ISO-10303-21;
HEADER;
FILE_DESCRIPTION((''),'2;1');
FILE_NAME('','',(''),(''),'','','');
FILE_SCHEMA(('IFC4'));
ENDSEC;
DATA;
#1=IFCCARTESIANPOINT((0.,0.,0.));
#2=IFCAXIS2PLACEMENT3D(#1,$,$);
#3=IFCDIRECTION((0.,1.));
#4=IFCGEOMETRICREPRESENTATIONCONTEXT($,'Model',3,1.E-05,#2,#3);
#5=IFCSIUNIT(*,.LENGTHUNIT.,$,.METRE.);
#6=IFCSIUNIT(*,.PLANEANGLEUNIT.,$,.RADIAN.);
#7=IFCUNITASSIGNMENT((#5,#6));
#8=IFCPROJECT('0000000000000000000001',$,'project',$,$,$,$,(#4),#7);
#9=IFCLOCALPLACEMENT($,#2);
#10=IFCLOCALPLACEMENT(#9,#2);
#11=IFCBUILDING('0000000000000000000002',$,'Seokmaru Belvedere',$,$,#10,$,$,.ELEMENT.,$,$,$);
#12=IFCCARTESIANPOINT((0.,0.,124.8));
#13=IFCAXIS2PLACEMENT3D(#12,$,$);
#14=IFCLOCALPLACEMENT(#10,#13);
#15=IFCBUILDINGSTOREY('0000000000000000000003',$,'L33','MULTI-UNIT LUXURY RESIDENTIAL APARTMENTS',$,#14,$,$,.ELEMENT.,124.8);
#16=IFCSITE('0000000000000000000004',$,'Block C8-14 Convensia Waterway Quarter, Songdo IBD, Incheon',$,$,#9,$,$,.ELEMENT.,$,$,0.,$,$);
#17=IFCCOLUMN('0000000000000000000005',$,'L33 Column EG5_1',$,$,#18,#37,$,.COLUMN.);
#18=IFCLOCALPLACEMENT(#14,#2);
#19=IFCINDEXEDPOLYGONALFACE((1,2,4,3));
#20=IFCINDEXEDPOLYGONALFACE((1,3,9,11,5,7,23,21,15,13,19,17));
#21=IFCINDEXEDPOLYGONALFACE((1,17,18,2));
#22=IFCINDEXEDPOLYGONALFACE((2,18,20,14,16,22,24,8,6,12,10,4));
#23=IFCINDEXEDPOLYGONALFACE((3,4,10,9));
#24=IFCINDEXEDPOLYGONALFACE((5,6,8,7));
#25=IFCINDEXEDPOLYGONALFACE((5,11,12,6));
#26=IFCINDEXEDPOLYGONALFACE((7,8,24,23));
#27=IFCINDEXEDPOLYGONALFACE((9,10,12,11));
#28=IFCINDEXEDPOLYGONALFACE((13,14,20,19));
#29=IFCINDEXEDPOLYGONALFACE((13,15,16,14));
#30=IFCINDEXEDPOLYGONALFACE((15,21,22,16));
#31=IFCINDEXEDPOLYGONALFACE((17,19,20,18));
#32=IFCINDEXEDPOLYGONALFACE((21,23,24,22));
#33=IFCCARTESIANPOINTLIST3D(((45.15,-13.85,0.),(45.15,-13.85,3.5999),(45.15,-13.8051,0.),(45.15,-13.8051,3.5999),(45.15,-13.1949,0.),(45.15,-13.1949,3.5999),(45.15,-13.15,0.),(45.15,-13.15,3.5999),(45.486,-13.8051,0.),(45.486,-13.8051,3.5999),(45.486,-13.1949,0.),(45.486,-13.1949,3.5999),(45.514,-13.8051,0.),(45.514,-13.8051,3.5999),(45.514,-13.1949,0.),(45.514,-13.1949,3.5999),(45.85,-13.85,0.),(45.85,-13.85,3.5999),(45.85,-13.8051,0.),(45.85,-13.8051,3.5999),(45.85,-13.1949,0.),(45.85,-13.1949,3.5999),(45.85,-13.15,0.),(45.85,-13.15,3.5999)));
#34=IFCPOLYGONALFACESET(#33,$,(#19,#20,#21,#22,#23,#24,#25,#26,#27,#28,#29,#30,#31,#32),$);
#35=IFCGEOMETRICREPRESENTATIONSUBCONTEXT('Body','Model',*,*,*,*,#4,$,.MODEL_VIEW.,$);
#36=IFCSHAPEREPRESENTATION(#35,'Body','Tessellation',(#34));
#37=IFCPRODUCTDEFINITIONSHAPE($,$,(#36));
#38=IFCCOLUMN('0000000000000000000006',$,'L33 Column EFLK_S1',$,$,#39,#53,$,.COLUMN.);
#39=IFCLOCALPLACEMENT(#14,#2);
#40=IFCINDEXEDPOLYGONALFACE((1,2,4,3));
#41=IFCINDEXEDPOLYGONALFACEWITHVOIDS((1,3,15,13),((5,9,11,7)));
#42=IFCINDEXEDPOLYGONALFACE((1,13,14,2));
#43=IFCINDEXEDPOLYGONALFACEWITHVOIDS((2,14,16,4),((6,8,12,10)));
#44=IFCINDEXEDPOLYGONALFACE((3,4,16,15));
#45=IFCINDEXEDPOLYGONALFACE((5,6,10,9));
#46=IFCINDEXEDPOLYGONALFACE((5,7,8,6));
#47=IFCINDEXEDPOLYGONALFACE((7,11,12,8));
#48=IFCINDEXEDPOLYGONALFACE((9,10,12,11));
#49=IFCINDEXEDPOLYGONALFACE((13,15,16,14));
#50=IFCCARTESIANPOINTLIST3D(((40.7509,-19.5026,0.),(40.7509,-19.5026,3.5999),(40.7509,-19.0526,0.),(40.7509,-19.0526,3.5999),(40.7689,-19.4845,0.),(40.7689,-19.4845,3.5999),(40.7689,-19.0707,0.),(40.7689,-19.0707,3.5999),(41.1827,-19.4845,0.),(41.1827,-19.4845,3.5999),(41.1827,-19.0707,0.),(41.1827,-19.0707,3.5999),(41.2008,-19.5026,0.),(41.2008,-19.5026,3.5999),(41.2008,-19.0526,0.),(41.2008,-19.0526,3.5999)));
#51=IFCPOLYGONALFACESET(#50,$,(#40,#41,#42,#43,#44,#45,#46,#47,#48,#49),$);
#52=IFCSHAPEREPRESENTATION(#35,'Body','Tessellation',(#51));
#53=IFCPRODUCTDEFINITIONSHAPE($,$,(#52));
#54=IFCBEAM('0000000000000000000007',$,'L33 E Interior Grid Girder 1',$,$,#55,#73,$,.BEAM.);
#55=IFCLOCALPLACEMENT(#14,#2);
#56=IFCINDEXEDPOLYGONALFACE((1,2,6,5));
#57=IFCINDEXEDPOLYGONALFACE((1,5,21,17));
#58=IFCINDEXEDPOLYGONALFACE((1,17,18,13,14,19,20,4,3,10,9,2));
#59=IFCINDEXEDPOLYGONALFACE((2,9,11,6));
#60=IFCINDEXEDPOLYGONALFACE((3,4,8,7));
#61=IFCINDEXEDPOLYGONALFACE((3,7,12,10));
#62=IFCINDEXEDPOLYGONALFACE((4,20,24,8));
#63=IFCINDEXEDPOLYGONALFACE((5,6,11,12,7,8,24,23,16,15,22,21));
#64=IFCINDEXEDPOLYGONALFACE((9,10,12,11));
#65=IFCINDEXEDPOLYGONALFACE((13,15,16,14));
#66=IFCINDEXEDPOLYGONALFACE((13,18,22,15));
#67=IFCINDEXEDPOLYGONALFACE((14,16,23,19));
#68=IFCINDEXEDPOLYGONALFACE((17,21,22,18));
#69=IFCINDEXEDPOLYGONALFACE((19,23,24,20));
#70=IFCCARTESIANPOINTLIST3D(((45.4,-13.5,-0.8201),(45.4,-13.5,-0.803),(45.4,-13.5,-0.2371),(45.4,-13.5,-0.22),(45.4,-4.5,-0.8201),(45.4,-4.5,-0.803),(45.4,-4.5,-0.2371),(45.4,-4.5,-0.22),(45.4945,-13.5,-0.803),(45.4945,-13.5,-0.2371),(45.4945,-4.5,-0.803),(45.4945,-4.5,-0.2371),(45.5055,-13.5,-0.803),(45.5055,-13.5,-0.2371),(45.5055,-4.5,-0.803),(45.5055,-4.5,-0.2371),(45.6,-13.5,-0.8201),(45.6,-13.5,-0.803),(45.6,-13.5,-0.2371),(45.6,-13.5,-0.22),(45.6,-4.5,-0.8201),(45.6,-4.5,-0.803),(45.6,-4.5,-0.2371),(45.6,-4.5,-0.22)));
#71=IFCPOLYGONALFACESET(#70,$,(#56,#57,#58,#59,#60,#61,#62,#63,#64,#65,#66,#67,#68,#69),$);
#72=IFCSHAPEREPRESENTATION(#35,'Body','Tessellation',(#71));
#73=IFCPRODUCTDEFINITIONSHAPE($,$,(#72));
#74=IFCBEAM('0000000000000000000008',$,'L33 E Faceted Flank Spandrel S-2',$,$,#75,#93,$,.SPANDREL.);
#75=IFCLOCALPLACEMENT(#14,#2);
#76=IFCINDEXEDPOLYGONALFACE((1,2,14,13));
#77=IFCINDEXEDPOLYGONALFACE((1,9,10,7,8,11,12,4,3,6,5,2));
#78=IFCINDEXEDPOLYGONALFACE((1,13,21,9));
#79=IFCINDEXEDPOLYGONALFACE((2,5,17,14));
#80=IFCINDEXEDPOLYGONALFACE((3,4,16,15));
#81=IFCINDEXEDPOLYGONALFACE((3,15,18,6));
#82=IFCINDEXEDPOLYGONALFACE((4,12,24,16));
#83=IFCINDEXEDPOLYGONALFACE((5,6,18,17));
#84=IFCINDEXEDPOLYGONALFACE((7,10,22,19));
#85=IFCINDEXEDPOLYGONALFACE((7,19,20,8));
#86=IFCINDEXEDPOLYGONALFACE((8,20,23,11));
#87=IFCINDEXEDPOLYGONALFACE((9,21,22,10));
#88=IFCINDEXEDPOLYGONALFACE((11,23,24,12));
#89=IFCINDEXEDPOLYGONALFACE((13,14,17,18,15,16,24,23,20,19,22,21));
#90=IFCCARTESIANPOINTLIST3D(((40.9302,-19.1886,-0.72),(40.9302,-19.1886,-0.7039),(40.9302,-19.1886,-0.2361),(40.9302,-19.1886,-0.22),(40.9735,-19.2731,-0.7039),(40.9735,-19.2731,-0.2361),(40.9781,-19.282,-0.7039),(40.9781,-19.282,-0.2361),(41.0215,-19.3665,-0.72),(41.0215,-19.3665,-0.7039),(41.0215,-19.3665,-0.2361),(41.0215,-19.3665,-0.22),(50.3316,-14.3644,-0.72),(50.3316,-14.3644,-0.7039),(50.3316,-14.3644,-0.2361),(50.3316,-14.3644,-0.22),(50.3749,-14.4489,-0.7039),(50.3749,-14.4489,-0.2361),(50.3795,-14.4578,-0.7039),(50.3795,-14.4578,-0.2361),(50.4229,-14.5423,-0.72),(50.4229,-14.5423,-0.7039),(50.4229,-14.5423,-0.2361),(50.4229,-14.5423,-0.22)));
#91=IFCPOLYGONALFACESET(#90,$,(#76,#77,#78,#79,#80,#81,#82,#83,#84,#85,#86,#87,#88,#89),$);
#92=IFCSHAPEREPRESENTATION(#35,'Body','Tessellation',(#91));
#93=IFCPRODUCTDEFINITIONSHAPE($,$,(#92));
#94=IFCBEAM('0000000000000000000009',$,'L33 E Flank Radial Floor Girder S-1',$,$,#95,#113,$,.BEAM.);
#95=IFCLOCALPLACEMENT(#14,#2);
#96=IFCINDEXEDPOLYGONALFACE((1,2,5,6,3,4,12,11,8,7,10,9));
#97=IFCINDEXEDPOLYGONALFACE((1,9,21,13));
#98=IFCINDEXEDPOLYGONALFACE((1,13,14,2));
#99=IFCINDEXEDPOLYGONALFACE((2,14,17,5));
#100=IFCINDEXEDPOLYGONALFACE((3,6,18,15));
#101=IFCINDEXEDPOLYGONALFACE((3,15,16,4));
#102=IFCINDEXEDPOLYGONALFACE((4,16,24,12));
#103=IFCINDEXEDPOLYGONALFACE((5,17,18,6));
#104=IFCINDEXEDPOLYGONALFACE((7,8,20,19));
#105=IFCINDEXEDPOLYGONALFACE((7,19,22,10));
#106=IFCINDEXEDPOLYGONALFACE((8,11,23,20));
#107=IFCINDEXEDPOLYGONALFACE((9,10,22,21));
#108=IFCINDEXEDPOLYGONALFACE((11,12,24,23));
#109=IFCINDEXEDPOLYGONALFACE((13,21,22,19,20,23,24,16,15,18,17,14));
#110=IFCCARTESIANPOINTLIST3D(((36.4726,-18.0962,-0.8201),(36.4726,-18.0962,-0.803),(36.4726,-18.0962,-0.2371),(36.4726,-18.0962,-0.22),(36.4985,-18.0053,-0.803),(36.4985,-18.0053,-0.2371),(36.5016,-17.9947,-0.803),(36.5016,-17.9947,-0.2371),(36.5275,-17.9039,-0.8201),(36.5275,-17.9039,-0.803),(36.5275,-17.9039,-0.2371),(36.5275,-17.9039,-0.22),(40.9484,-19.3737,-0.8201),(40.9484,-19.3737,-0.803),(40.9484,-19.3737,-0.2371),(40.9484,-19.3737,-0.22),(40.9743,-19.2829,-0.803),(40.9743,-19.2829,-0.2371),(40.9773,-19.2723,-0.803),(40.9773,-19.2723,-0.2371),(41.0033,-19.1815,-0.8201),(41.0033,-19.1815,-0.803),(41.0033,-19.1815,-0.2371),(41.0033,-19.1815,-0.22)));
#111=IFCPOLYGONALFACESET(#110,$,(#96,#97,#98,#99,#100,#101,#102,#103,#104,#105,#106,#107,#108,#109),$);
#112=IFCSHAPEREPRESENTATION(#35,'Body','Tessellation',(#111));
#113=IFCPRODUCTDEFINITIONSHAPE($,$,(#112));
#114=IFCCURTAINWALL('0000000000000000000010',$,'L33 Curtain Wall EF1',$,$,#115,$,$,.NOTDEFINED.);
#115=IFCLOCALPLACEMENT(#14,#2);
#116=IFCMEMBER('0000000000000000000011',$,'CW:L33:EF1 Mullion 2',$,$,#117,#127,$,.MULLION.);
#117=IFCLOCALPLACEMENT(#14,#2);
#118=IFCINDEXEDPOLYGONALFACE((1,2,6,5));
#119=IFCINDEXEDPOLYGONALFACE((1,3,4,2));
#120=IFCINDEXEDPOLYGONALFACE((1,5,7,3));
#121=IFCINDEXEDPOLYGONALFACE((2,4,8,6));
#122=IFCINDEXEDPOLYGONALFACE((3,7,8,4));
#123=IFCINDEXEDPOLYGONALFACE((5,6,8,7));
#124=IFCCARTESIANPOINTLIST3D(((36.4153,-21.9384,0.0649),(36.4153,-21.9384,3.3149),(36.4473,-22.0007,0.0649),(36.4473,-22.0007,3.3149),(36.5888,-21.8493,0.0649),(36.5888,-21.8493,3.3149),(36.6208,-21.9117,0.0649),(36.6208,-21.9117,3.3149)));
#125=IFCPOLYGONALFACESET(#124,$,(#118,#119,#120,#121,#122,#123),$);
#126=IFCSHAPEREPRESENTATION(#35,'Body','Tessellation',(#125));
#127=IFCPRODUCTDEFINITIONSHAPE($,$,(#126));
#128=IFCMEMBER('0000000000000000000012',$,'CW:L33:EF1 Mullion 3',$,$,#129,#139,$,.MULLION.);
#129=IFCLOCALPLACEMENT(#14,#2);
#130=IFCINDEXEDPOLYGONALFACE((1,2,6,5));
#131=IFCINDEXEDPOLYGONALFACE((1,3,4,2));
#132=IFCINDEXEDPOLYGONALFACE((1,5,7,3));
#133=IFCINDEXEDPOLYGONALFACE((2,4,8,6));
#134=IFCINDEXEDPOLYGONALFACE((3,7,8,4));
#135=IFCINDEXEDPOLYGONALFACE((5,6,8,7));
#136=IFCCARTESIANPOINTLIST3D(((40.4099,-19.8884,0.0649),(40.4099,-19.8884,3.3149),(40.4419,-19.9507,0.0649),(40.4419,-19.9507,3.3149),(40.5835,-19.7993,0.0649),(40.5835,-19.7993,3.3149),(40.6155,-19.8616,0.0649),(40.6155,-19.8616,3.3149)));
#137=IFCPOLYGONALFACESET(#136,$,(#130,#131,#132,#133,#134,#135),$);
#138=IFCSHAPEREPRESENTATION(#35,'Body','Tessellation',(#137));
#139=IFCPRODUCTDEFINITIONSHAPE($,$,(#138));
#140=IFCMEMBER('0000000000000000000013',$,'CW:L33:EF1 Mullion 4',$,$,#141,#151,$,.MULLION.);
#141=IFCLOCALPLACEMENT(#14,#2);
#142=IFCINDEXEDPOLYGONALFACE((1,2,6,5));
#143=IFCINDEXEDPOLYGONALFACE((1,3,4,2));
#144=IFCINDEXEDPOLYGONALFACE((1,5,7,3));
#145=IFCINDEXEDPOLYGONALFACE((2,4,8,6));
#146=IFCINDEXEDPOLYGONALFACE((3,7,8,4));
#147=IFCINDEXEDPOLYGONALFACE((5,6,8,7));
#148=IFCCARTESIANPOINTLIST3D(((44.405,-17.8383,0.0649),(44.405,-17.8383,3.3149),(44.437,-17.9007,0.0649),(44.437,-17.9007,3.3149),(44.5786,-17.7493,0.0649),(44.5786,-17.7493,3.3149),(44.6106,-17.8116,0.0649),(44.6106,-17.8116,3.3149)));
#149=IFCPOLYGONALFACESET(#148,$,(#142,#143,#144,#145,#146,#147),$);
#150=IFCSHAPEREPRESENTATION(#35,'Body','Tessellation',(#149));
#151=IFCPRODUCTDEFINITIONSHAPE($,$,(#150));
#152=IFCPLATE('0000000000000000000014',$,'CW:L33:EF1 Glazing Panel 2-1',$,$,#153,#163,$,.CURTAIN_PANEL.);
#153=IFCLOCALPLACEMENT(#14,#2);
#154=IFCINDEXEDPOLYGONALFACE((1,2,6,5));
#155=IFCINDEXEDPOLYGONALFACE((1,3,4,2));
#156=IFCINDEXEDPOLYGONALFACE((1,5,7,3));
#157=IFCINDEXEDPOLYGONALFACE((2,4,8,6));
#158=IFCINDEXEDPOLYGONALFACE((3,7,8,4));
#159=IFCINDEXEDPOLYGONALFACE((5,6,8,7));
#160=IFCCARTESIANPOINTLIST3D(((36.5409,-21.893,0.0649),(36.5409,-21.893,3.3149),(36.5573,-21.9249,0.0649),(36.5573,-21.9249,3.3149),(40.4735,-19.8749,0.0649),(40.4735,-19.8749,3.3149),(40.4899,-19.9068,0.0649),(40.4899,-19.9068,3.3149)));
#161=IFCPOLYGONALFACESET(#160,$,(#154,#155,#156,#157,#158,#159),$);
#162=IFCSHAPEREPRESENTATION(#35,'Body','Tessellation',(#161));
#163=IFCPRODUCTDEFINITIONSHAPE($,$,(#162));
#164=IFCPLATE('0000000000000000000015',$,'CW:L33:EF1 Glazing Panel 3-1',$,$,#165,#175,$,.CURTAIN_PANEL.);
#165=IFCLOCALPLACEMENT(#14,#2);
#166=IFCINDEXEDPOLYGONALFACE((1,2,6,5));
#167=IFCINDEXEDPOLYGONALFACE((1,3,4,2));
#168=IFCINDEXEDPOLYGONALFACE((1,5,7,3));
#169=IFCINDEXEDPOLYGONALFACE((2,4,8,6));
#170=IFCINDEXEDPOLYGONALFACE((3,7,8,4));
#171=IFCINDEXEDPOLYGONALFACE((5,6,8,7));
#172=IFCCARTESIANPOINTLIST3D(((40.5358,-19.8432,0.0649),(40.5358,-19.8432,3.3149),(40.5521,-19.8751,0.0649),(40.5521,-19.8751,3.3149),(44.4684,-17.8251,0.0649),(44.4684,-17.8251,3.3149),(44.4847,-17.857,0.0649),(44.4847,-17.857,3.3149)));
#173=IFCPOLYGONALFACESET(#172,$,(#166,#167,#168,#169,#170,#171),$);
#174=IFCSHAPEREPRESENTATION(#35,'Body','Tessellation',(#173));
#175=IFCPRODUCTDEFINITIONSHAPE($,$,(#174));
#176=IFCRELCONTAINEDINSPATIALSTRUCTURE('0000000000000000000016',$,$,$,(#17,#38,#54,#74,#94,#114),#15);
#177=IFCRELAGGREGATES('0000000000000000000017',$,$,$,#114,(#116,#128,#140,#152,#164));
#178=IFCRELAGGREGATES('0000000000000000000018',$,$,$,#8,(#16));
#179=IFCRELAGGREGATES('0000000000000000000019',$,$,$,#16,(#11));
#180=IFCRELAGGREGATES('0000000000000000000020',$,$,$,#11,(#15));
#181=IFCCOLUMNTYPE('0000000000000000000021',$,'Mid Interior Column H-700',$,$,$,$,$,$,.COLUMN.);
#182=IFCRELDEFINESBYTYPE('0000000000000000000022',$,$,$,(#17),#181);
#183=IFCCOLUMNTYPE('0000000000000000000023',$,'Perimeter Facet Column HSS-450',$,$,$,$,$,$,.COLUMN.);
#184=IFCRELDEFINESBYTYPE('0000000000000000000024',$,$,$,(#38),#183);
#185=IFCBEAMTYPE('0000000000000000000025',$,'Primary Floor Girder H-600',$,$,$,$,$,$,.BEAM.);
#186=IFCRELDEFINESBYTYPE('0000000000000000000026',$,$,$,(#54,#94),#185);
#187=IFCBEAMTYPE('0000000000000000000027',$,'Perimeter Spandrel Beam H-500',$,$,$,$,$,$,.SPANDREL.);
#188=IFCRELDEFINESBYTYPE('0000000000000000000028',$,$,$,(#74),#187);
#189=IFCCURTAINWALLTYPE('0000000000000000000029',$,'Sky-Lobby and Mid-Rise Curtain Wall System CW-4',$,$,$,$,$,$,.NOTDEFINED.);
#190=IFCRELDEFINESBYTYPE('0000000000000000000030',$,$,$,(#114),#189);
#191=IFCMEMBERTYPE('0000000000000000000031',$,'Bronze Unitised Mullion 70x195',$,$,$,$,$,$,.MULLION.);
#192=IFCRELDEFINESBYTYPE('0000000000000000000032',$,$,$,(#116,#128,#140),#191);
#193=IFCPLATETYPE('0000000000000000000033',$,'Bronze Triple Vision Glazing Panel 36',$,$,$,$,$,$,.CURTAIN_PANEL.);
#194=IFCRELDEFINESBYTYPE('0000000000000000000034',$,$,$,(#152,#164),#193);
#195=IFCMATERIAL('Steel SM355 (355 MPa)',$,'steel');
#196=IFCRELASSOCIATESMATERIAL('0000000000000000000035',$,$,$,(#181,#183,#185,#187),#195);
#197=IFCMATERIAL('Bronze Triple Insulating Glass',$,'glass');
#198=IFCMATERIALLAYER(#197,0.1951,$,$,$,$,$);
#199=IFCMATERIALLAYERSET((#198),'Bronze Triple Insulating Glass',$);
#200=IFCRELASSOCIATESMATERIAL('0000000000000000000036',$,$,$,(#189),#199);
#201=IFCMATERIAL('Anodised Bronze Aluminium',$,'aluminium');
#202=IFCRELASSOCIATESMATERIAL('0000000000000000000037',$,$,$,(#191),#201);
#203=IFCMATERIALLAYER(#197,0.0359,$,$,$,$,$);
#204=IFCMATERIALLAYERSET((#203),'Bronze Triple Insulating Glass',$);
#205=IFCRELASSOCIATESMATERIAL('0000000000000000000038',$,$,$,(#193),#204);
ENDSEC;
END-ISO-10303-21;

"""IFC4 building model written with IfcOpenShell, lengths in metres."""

from ifc_helpers import new_model, si_unit, direction, frame, origin, origin_2d, place, context, subcontext, project, spatial, rectangle, hollow_rectangle, i_section, extrude, source, transform, mapped, material, layer, layer_set, material_profile, profile_set, type_object, type_shapes, element, aggregate, save


model = new_model("IFC4")

# Units and contexts
model_context = context("Model", 3, precision=1e-05, world=origin(), true_north=direction((0.0, 1.0)))
body_context = subcontext(model_context, "Body", "Model", "MODEL_VIEW")
ifc_project = project(units=[si_unit("LENGTHUNIT", "METRE"), si_unit("PLANEANGLEUNIT", "RADIAN")], contexts=[model_context])

# Site, building, storey
site_placement = place(None, origin())
site = spatial("IfcSite", under=ifc_project, at=site_placement, Name="Block C8-14 Convensia Waterway Quarter, Songdo IBD, Incheon", CompositionType="ELEMENT", RefElevation=0.0)
building_placement = place(site_placement, origin())
building = spatial("IfcBuilding", under=site, at=building_placement, Name="Seokmaru Belvedere", CompositionType="ELEMENT")
storey_placement = place(building_placement, frame((0.0, 0.0, 124.8)))
storey = spatial("IfcBuildingStorey", under=building, at=storey_placement, Name="L33", Description="MULTI-UNIT LUXURY RESIDENTIAL APARTMENTS", CompositionType="ELEMENT", Elevation=124.8)

# Columns
ifc_material_1 = material(Name="Steel SM355 (355 MPa)", Category="steel")
ifc_material_profile_1 = material_profile(ifc_material_1, i_section(OverallWidth=0.7, OverallDepth=0.7, WebThickness=0.0281, FlangeThickness=0.0449, at=origin_2d()), Name="H-700x700x28x45")
ifc_profile_set_1 = profile_set([ifc_material_profile_1], Name="Steel SM355 (355 MPa)")
column_type_1 = type_object("IfcColumnType", Name="Mid Interior Column H-700", PredefinedType="COLUMN", material=ifc_profile_set_1)
shared_shape_1 = source(origin(), body_context, "Body", "SweptSolid", [
    extrude(i_section(OverallWidth=0.7, OverallDepth=0.7, WebThickness=0.0281, FlangeThickness=0.0449, at=origin_2d()), origin(), (0.0, 0.0, 1.0), 3.5999),
])
type_shapes(column_type_1, [shared_shape_1])
column_1_placement = place(storey_placement, frame((45.5, -13.5, 0.0), z_axis=(0.0, 0.0, 1.0), x_axis=(1.0, 0.0, 0.0)))
element("IfcColumn", 1, at=column_1_placement, inside=storey, type_object=column_type_1, Name="L33 Column EG5_1", PredefinedType="COLUMN", context=body_context, shape_type="MappedRepresentation", body=[
    mapped(shared_shape_1, transform((0.0, 0.0, 0.0), scale=1.0)),
])
ifc_material_profile_2 = material_profile(ifc_material_1, hollow_rectangle(XDim=0.45, YDim=0.45, WallThickness=0.0181, at=origin_2d()), Name="HSS-450x450x18")
ifc_profile_set_2 = profile_set([ifc_material_profile_2], Name="Steel SM355 (355 MPa)")
column_type_2 = type_object("IfcColumnType", Name="Perimeter Facet Column HSS-450", PredefinedType="COLUMN", material=ifc_profile_set_2)
shared_shape_2 = source(origin(), body_context, "Body", "SweptSolid", [
    extrude(hollow_rectangle(XDim=0.45, YDim=0.45, WallThickness=0.0181, at=origin_2d()), origin(), (0.0, 0.0, 1.0), 3.5999),
])
type_shapes(column_type_2, [shared_shape_2])
column_2_placement = place(storey_placement, frame((40.9758, -19.2776, 0.0), z_axis=(0.0, 0.0, 1.0), x_axis=(1.0, 0.0, 0.0)))
element("IfcColumn", 2, at=column_2_placement, inside=storey, type_object=column_type_2, Name="L33 Column EFLK_S1", PredefinedType="COLUMN", context=body_context, shape_type="MappedRepresentation", body=[
    mapped(shared_shape_2, transform((0.0, 0.0, 0.0), scale=1.0)),
])

# Beams
ifc_material_profile_3 = material_profile(ifc_material_1, i_section(OverallWidth=0.2, OverallDepth=0.6001, WebThickness=0.011, FlangeThickness=0.0171, at=origin_2d()), Name="H-600x200x11x17")
ifc_profile_set_3 = profile_set([ifc_material_profile_3], Name="Steel SM355 (355 MPa)")
beam_type_1 = type_object("IfcBeamType", Name="Primary Floor Girder H-600", PredefinedType="BEAM", material=ifc_profile_set_3)
shared_shape_3 = source(origin(), body_context, "Body", "SweptSolid", [
    extrude(i_section(OverallWidth=0.2, OverallDepth=0.6001, WebThickness=0.011, FlangeThickness=0.0171, at=origin_2d()), origin(), (0.0, 0.0, 1.0), 9.0),
])
beam_1_placement = place(storey_placement, frame((45.5, -13.5, -0.52), z_axis=(0.0, 1.0, 0.0), x_axis=(-1.0, 0.0, 0.0)))
element("IfcBeam", 3, at=beam_1_placement, inside=storey, type_object=beam_type_1, Name="L33 E Interior Grid Girder 1", PredefinedType="BEAM", context=body_context, shape_type="MappedRepresentation", body=[
    mapped(shared_shape_3, transform((0.0, 0.0, 0.0), scale=1.0)),
])
ifc_material_profile_4 = material_profile(ifc_material_1, i_section(OverallWidth=0.2, OverallDepth=0.5, WebThickness=0.01, FlangeThickness=0.0161, at=origin_2d()), Name="H-500x200x10x16")
ifc_profile_set_4 = profile_set([ifc_material_profile_4], Name="Steel SM355 (355 MPa)")
beam_type_2 = type_object("IfcBeamType", Name="Perimeter Spandrel Beam H-500", PredefinedType="SPANDREL", material=ifc_profile_set_4)
shared_shape_4 = source(origin(), body_context, "Body", "SweptSolid", [
    extrude(i_section(OverallWidth=0.2, OverallDepth=0.5, WebThickness=0.01, FlangeThickness=0.0161, at=origin_2d()), origin(), (0.0, 0.0, 1.0), 10.5669),
])
type_shapes(beam_type_2, [shared_shape_4])
beam_2_placement = place(storey_placement, frame((40.9758, -19.2776, -0.47), z_axis=(0.889702, 0.456542, 0.0), x_axis=(-0.456542, 0.889702, 0.0)))
element("IfcBeam", 4, at=beam_2_placement, inside=storey, type_object=beam_type_2, Name="L33 E Faceted Flank Spandrel S-2", PredefinedType="SPANDREL", context=body_context, shape_type="MappedRepresentation", body=[
    mapped(shared_shape_4, transform((0.0, 0.0, 0.0), scale=1.0)),
])
shared_shape_5 = source(origin(), body_context, "Body", "SweptSolid", [
    extrude(i_section(OverallWidth=0.2, OverallDepth=0.6001, WebThickness=0.011, FlangeThickness=0.0171, at=origin_2d()), origin(), (0.0, 0.0, 1.0), 4.6545),
])
type_shapes(beam_type_1, [shared_shape_3, shared_shape_5])
beam_3_placement = place(storey_placement, frame((40.9758, -19.2776, -0.52), z_axis=(-0.961593, 0.274479, 0.0), x_axis=(-0.274479, -0.961593, 0.0)))
element("IfcBeam", 5, at=beam_3_placement, inside=storey, type_object=beam_type_1, Name="L33 E Flank Radial Floor Girder S-1", PredefinedType="BEAM", context=body_context, shape_type="MappedRepresentation", body=[
    mapped(shared_shape_5, transform((0.0, 0.0, 0.0), scale=1.0)),
])

# Curtain wall, members, plates
ifc_material_2 = material(Name="Bronze Triple Insulating Glass", Category="glass")
ifc_layer_1 = layer(ifc_material_2, 0.1951)
ifc_layer_set_1 = layer_set([ifc_layer_1], Name="Bronze Triple Insulating Glass")
curtain_wall_type = type_object("IfcCurtainWallType", Name="Sky-Lobby and Mid-Rise Curtain Wall System CW-4", PredefinedType="NOTDEFINED", material=ifc_layer_set_1)
curtain_wall_placement = place(storey_placement, origin())
curtain_wall = element("IfcCurtainWall", 6, at=curtain_wall_placement, inside=storey, type_object=curtain_wall_type, Name="L33 Curtain Wall EF1", PredefinedType="NOTDEFINED")
ifc_material_3 = material(Name="Anodised Bronze Aluminium", Category="aluminium")
ifc_material_profile_5 = material_profile(ifc_material_3, rectangle(XDim=0.0701, YDim=0.1951, at=origin_2d()), Name="CW-M-70x195")
ifc_profile_set_5 = profile_set([ifc_material_profile_5], Name="Anodised Bronze Aluminium")
member_type = type_object("IfcMemberType", Name="Bronze Unitised Mullion 70x195", PredefinedType="MULLION", material=ifc_profile_set_5)
shared_shape_6 = source(origin(), body_context, "Body", "SweptSolid", [
    extrude(rectangle(XDim=0.0701, YDim=0.1951, at=origin_2d()), origin(), (0.0, 0.0, 1.0), 3.25),
])
type_shapes(member_type, [shared_shape_6])
member_1_placement = place(storey_placement, frame((36.5181, -21.925, 0.0649), z_axis=(0.0, 0.0, 1.0), x_axis=(-0.456555, 0.889695, 0.0)))
member_1 = element("IfcMember", 7, at=member_1_placement, type_object=member_type, Name="CW:L33:EF1 Mullion 2", PredefinedType="MULLION", context=body_context, shape_type="MappedRepresentation", body=[
    mapped(shared_shape_6, transform((0.0, 0.0, 0.0), scale=1.0)),
])
member_2_placement = place(storey_placement, frame((40.5127, -19.875, 0.0649), z_axis=(0.0, 0.0, 1.0), x_axis=(-0.456555, 0.889695, 0.0)))
member_2 = element("IfcMember", 8, at=member_2_placement, type_object=member_type, Name="CW:L33:EF1 Mullion 3", PredefinedType="MULLION", context=body_context, shape_type="MappedRepresentation", body=[
    mapped(shared_shape_6, transform((0.0, 0.0, 0.0), scale=1.0)),
])
member_3_placement = place(storey_placement, frame((44.5078, -17.825, 0.0649), z_axis=(0.0, 0.0, 1.0), x_axis=(-0.456555, 0.889695, 0.0)))
member_3 = element("IfcMember", 9, at=member_3_placement, type_object=member_type, Name="CW:L33:EF1 Mullion 4", PredefinedType="MULLION", context=body_context, shape_type="MappedRepresentation", body=[
    mapped(shared_shape_6, transform((0.0, 0.0, 0.0), scale=1.0)),
])
ifc_layer_2 = layer(ifc_material_2, 0.0359)
ifc_layer_set_2 = layer_set([ifc_layer_2], Name="Bronze Triple Insulating Glass")
plate_type = type_object("IfcPlateType", Name="Bronze Triple Vision Glazing Panel 36", PredefinedType="CURTAIN_PANEL", material=ifc_layer_set_2)
shared_shape_7 = source(origin(), body_context, "Body", "SweptSolid", [
    extrude(rectangle(XDim=4.4202, YDim=0.0359, at=origin_2d()), origin(), (0.0, 0.0, 1.0), 3.25),
])
type_shapes(plate_type, [shared_shape_7])
plate_1_placement = place(storey_placement, frame((38.5154, -20.8999, 0.0649), z_axis=(0.0, 0.0, 1.0), x_axis=(0.889695, 0.456555, 0.0)))
plate_1 = element("IfcPlate", 10, at=plate_1_placement, type_object=plate_type, Name="CW:L33:EF1 Glazing Panel 2-1", PredefinedType="CURTAIN_PANEL", context=body_context, shape_type="MappedRepresentation", body=[
    mapped(shared_shape_7, transform((0.0, 0.0, 0.0), scale=1.0)),
])
plate_2_placement = place(storey_placement, frame((42.5103, -18.8501, 0.0649), z_axis=(0.0, 0.0, 1.0), x_axis=(0.889695, 0.456555, 0.0)))
plate_2 = element("IfcPlate", 11, at=plate_2_placement, type_object=plate_type, Name="CW:L33:EF1 Glazing Panel 3-1", PredefinedType="CURTAIN_PANEL", context=body_context, shape_type="MappedRepresentation", body=[
    mapped(shared_shape_7, transform((0.0, 0.0, 0.0), scale=1.0)),
])
aggregate(curtain_wall, [member_1, member_2, member_3, plate_1, plate_2])

save(model, "model.ifc")
